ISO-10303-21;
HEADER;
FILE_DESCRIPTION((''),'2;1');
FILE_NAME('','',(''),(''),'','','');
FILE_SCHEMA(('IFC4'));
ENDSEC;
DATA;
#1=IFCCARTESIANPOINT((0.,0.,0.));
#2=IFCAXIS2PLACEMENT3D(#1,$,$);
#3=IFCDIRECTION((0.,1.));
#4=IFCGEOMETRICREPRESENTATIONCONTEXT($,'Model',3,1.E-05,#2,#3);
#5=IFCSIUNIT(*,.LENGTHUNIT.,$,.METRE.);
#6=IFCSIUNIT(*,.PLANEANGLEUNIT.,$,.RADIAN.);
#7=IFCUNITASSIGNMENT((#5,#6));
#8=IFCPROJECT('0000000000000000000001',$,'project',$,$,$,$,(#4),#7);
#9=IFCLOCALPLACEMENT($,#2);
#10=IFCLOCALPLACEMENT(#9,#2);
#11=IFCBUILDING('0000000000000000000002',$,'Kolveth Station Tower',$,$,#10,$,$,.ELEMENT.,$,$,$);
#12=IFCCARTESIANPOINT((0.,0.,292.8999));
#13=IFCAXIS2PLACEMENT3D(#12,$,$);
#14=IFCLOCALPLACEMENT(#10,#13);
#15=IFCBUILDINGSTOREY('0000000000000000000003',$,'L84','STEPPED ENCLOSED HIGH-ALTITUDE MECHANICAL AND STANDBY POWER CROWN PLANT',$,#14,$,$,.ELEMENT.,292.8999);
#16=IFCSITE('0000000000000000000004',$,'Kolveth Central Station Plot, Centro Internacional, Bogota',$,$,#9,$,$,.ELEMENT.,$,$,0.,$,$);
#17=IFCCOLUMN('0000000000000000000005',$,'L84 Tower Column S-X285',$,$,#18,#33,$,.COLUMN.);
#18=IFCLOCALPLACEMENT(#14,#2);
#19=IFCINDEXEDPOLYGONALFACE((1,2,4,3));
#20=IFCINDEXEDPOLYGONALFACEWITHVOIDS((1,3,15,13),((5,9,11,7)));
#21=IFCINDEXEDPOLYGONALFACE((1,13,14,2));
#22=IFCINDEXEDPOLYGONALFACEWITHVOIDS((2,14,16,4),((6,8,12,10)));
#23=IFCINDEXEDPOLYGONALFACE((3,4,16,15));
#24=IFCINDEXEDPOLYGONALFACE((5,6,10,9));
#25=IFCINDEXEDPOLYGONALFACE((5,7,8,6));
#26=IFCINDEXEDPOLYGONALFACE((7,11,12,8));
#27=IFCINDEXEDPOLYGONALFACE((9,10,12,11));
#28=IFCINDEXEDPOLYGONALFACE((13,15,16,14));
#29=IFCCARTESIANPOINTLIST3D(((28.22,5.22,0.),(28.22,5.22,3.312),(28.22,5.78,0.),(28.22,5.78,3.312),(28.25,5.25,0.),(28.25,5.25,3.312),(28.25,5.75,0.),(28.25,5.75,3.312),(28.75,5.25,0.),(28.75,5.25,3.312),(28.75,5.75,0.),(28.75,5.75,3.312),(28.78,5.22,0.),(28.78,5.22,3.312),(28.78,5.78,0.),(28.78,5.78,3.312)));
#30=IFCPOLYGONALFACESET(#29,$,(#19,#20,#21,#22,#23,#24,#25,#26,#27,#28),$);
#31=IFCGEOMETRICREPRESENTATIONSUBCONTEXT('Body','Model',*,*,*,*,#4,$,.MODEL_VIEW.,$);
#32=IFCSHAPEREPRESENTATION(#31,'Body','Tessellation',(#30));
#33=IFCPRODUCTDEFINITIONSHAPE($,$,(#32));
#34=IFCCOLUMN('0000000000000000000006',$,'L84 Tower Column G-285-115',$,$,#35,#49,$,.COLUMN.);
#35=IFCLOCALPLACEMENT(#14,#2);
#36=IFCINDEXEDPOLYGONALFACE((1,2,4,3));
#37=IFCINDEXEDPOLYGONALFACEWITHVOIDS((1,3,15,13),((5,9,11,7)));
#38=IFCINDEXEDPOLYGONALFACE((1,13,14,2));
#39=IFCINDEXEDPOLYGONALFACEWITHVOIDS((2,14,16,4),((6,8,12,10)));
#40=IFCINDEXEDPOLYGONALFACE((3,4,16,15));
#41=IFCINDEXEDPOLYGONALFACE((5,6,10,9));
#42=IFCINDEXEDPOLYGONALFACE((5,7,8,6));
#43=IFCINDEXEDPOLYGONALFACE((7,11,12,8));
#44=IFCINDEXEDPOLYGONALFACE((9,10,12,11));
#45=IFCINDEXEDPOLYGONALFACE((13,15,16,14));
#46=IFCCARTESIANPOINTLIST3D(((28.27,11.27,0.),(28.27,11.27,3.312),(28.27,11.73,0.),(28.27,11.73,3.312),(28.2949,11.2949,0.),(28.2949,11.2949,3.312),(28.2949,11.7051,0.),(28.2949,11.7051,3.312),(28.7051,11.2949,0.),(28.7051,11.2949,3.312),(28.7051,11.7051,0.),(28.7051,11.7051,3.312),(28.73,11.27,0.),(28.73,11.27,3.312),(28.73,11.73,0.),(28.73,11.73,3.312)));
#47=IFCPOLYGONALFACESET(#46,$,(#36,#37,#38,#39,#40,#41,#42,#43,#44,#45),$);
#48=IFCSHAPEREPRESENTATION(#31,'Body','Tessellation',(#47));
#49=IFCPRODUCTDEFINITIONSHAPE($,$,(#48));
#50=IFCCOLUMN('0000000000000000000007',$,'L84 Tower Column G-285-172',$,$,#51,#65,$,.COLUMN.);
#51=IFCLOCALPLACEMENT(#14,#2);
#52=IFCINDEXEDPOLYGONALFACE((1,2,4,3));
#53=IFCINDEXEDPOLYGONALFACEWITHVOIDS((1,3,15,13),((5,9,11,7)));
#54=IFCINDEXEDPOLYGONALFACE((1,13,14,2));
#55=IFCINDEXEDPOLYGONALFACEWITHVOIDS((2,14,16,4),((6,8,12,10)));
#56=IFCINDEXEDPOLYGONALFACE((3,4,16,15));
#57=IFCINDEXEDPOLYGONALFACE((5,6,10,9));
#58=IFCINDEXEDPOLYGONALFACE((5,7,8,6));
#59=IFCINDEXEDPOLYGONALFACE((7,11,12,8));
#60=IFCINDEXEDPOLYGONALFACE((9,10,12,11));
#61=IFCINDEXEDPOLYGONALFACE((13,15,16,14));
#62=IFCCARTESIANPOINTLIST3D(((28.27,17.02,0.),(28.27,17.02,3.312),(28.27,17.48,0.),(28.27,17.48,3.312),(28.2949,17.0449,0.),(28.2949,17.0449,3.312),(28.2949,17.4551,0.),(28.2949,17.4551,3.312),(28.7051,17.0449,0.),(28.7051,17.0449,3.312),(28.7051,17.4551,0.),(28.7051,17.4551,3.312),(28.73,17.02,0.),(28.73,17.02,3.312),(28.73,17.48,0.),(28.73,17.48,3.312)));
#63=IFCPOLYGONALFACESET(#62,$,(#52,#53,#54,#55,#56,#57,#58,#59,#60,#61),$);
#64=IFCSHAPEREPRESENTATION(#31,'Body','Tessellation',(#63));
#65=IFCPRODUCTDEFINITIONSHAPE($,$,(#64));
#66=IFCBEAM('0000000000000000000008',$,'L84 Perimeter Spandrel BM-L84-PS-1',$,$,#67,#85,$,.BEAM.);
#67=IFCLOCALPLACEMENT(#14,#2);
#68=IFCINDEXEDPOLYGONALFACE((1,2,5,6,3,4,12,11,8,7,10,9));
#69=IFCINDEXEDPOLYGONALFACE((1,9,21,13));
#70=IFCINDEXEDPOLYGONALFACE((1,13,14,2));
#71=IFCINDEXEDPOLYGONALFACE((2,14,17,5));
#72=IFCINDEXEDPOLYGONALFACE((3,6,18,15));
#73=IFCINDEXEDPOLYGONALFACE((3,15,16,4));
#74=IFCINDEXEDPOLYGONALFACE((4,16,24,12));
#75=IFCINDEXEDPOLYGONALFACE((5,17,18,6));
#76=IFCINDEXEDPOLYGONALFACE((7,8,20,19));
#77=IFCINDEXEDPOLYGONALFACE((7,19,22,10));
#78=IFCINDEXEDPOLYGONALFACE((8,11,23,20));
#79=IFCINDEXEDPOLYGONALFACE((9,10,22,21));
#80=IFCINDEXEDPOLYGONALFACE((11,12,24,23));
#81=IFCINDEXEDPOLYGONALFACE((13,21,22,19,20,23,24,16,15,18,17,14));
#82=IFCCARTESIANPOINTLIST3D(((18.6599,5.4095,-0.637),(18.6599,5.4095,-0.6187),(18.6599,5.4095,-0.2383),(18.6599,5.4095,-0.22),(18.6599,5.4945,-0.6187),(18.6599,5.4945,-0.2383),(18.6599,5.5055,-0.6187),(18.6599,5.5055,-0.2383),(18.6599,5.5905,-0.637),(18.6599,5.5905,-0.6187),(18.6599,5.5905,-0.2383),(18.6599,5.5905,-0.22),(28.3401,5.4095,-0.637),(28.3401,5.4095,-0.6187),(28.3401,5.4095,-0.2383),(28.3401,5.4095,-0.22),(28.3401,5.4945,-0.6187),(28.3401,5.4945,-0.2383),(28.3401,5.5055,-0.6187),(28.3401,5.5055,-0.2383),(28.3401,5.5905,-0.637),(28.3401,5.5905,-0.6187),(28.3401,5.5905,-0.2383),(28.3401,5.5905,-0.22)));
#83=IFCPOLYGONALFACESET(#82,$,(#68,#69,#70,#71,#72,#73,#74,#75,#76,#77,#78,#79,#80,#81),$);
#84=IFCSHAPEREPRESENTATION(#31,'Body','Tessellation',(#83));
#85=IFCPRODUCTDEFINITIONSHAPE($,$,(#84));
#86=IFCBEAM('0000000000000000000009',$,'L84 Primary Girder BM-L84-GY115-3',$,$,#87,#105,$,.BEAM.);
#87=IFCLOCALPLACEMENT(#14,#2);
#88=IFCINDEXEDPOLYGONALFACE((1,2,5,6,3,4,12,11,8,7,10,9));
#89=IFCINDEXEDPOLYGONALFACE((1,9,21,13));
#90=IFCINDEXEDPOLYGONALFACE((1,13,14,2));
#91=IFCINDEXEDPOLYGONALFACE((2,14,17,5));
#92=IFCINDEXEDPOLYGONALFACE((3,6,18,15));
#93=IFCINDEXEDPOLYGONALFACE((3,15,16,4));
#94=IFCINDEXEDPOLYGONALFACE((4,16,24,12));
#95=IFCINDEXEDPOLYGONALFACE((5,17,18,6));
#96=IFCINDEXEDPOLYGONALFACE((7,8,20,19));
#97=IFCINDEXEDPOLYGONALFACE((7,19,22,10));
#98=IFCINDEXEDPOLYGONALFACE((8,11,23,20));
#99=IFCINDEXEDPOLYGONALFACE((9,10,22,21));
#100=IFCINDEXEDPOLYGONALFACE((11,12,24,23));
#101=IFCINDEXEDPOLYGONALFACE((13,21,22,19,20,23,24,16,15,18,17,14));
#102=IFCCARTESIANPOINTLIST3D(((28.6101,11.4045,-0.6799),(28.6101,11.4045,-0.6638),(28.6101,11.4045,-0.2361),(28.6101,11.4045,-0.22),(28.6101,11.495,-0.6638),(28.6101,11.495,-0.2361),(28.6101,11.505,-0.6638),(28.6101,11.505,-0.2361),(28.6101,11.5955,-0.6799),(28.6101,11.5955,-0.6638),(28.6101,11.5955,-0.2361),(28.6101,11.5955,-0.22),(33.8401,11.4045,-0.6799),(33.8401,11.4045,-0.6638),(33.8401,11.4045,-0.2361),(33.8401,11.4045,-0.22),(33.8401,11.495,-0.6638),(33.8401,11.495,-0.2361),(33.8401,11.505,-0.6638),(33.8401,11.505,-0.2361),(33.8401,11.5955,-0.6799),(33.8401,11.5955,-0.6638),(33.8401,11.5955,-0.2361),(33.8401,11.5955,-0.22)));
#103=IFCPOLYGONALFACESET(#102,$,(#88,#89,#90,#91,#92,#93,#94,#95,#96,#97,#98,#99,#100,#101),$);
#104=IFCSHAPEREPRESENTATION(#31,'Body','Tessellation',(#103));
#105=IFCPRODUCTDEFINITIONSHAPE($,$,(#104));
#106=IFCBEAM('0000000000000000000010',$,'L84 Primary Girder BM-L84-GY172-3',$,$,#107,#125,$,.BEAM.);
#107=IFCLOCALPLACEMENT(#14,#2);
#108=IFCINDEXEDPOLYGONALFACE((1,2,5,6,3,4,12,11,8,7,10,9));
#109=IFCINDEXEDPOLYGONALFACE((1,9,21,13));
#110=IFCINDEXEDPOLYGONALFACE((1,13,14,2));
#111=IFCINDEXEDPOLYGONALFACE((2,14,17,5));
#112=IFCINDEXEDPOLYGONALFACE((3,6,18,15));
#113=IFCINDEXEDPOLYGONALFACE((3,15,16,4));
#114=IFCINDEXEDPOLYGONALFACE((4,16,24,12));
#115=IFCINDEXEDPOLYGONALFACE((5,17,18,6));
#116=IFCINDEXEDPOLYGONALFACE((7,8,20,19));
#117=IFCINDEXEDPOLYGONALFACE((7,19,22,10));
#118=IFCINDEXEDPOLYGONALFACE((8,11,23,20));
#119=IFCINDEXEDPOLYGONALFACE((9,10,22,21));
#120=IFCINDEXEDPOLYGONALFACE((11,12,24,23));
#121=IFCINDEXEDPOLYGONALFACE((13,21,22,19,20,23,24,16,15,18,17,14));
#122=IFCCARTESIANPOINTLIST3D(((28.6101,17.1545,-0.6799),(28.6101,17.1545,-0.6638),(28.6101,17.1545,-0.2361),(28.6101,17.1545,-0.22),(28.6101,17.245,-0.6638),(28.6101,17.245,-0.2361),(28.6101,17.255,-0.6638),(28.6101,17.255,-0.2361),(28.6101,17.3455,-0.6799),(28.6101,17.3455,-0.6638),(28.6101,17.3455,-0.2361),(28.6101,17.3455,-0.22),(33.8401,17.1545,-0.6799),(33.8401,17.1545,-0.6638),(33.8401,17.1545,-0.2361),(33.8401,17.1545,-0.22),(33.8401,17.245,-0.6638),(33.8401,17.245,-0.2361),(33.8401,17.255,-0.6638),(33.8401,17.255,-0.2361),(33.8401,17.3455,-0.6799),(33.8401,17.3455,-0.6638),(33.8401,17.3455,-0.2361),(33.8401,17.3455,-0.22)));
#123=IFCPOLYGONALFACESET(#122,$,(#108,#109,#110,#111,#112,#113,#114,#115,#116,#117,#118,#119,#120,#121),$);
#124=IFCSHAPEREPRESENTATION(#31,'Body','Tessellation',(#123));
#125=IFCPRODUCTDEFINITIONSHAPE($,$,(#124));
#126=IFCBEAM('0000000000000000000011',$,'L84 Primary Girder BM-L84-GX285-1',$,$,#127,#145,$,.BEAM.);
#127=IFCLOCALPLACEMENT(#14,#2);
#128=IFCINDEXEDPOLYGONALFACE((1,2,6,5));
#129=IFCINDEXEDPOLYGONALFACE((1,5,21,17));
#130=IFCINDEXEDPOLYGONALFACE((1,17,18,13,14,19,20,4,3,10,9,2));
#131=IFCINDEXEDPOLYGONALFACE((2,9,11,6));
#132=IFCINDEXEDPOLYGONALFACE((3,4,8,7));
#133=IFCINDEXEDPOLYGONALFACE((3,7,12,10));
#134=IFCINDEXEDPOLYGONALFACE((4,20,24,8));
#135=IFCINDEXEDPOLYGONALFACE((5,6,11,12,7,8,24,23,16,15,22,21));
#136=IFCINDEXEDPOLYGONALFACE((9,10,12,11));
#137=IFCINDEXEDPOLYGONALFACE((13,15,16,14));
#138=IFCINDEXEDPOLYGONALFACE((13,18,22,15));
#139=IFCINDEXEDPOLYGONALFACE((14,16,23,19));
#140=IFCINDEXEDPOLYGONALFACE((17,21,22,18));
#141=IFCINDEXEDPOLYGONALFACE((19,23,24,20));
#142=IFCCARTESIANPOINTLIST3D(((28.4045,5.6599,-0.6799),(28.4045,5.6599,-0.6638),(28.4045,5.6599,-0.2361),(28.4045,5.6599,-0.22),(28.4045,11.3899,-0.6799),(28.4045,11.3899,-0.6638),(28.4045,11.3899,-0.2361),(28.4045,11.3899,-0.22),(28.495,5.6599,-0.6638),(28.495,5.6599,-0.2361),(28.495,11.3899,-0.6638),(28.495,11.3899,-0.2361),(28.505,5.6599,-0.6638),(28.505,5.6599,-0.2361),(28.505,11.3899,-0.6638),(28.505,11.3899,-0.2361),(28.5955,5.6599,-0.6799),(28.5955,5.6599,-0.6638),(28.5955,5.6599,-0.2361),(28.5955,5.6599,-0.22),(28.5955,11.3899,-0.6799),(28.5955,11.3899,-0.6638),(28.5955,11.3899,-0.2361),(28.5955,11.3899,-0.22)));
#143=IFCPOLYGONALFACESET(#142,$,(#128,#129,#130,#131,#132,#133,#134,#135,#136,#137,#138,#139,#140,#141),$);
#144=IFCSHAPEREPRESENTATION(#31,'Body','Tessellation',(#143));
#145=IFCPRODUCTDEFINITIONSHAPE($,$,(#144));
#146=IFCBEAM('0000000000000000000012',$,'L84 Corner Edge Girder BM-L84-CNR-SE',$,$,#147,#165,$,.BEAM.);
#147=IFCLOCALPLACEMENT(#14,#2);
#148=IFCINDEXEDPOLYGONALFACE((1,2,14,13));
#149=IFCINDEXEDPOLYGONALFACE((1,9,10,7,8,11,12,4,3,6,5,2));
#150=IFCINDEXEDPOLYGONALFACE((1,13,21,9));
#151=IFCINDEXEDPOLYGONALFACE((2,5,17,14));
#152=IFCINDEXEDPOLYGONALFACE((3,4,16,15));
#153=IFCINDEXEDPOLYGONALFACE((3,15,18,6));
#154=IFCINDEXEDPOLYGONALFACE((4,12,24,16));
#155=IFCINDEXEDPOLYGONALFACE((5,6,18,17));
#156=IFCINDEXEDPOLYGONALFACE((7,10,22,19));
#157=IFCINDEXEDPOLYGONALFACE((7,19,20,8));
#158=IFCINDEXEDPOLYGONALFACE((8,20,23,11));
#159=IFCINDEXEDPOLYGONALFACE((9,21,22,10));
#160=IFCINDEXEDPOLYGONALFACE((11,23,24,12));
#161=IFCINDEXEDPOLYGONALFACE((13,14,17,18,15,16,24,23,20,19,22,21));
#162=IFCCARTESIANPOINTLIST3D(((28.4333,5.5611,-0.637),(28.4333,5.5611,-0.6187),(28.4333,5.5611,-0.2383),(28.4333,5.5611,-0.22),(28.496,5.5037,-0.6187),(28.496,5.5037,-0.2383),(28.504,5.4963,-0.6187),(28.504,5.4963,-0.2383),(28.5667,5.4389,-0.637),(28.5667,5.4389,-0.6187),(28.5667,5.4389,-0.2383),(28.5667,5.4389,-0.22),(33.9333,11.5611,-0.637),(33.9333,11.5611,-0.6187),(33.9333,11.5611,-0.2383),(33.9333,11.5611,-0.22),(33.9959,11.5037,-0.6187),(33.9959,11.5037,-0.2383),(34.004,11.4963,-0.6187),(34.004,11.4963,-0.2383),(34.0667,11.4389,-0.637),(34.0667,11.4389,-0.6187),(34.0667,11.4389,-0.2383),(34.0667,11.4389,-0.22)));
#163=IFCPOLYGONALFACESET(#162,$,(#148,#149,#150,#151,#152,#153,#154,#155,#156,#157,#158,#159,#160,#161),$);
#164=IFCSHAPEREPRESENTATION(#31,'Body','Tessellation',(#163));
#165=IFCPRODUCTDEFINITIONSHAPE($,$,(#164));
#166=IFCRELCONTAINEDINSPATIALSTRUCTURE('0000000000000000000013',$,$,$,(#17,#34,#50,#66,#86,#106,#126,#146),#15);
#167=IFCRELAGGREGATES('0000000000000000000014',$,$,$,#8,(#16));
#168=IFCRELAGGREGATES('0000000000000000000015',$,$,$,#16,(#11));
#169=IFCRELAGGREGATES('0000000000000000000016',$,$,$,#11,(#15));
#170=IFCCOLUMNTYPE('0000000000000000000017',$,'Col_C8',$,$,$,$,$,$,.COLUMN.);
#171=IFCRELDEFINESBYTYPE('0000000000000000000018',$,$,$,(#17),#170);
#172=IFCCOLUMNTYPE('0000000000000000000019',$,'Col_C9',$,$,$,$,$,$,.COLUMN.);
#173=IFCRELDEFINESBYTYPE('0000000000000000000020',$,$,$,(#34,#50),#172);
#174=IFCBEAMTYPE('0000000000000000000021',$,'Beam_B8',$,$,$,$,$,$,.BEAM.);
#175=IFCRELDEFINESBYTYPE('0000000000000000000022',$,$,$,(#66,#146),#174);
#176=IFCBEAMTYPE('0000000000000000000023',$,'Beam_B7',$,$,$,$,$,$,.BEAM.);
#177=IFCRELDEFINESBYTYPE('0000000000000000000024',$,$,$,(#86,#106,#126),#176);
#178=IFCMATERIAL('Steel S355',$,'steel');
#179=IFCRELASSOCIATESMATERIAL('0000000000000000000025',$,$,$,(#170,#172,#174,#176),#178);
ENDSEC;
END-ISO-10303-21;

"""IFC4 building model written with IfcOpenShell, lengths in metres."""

from ifc_helpers import new_model, si_unit, direction, frame, origin, origin_2d, place, context, subcontext, project, spatial, hollow_rectangle, i_section, extrude, source, transform, mapped, material, material_profile, profile_set, type_object, element, save


model = new_model("IFC4")

# Units and contexts
model_context = context("Model", 3, precision=1e-05, world=origin(), true_north=direction((0.0, 1.0)))
body_context = subcontext(model_context, "Body", "Model", "MODEL_VIEW")
ifc_project = project(units=[si_unit("LENGTHUNIT", "METRE"), si_unit("PLANEANGLEUNIT", "RADIAN")], contexts=[model_context])

# Site, building, storey
site_placement = place(None, origin())
site = spatial("IfcSite", under=ifc_project, at=site_placement, Name="Kolveth Central Station Plot, Centro Internacional, Bogota", CompositionType="ELEMENT", RefElevation=0.0)
building_placement = place(site_placement, origin())
building = spatial("IfcBuilding", under=site, at=building_placement, Name="Kolveth Station Tower", CompositionType="ELEMENT")
storey_placement = place(building_placement, frame((0.0, 0.0, 292.8999)))
storey = spatial("IfcBuildingStorey", under=building, at=storey_placement, Name="L84", Description="STEPPED ENCLOSED HIGH-ALTITUDE MECHANICAL AND STANDBY POWER CROWN PLANT", CompositionType="ELEMENT", Elevation=292.8999)

# Columns
ifc_material_1 = material(Name="Steel S355", Category="steel")
ifc_material_profile_1 = material_profile(ifc_material_1, hollow_rectangle(XDim=0.5601, YDim=0.5601, WallThickness=0.03, at=origin_2d()), Name="BOX560x560x30")
ifc_profile_set_1 = profile_set([ifc_material_profile_1], Name="Steel S355")
column_type_1 = type_object("IfcColumnType", Name="Col_C8", PredefinedType="COLUMN", material=ifc_profile_set_1)
shared_shape_1 = source(origin(), body_context, "Body", "SweptSolid", [
    extrude(hollow_rectangle(XDim=0.5601, YDim=0.5601, WallThickness=0.03, at=origin_2d()), origin(), (0.0, 0.0, 1.0), 3.312),
])
column_placement = place(storey_placement, frame((28.5, 5.5, 0.0), z_axis=(0.0, 0.0, 1.0), x_axis=(1.0, 0.0, 0.0)))
element("IfcColumn", 1, at=column_placement, inside=storey, type_object=column_type_1, Name="L84 Tower Column S-X285", PredefinedType="COLUMN", context=body_context, shape_type="MappedRepresentation", body=[
    mapped(shared_shape_1, transform((0.0, 0.0, 0.0), x_axis=(1.0, 0.0, 0.0), y_axis=(0.0, 1.0, 0.0), z_axis=(0.0, 0.0, 1.0), scale=1.0)),
])
ifc_material_profile_2 = material_profile(ifc_material_1, hollow_rectangle(XDim=0.46, YDim=0.46, WallThickness=0.0249, at=origin_2d()), Name="BOX460x460x25")
ifc_profile_set_2 = profile_set([ifc_material_profile_2], Name="Steel S355")
column_type_2 = type_object("IfcColumnType", Name="Col_C9", PredefinedType="COLUMN", material=ifc_profile_set_2)
shared_shape_2 = source(origin(), body_context, "Body", "SweptSolid", [
    extrude(hollow_rectangle(XDim=0.46, YDim=0.46, WallThickness=0.0249, at=origin_2d()), origin(), (0.0, 0.0, 1.0), 3.312),
])
for number, where, z_axis, x_axis, name in (
    (2, (28.5, 11.5, 0.0), (0.0, 0.0, 1.0), (1.0, 0.0, 0.0), "L84 Tower Column G-285-115"),
    (3, (28.5, 17.25, 0.0), (0.0, 0.0, 1.0), (1.0, 0.0, 0.0), "L84 Tower Column G-285-172"),
):
    element("IfcColumn", number, at=place(storey_placement, frame(where, z_axis=z_axis, x_axis=x_axis)), inside=storey, type_object=column_type_2, Name=name, PredefinedType="COLUMN", context=body_context, shape_type="MappedRepresentation", body=[
        mapped(shared_shape_2, transform((0.0, 0.0, 0.0), x_axis=(1.0, 0.0, 0.0), y_axis=(0.0, 1.0, 0.0), z_axis=(0.0, 0.0, 1.0), scale=1.0)),
    ])

# Beams
ifc_material_profile_3 = material_profile(ifc_material_1, i_section(OverallWidth=0.1809, OverallDepth=0.417, WebThickness=0.011, FlangeThickness=0.0183, at=origin_2d()), Name="W410x85")
ifc_profile_set_3 = profile_set([ifc_material_profile_3], Name="Steel S355")
beam_type_1 = type_object("IfcBeamType", Name="Beam_B8", PredefinedType="BEAM", material=ifc_profile_set_3)
shared_shape_3 = source(origin(), body_context, "Body", "SweptSolid", [
    extrude(i_section(OverallWidth=0.1809, OverallDepth=0.417, WebThickness=0.011, FlangeThickness=0.0183, at=origin_2d()), origin(), (0.0, 0.0, 1.0), 9.6802),
])
beam_1_placement = place(storey_placement, frame((18.6599, 5.5, -0.4285), z_axis=(1.0, 0.0, 0.0), x_axis=(0.0, 1.0, 0.0)))
element("IfcBeam", 4, at=beam_1_placement, inside=storey, type_object=beam_type_1, Name="L84 Perimeter Spandrel BM-L84-PS-1", PredefinedType="BEAM", context=body_context, shape_type="MappedRepresentation", body=[
    mapped(shared_shape_3, transform((0.0, 0.0, 0.0), x_axis=(1.0, 0.0, 0.0), y_axis=(0.0, 1.0, 0.0), z_axis=(0.0, 0.0, 1.0), scale=1.0)),
])
ifc_material_profile_4 = material_profile(ifc_material_1, i_section(OverallWidth=0.1909, OverallDepth=0.46, WebThickness=0.01, FlangeThickness=0.0161, at=origin_2d()), Name="W460x82")
ifc_profile_set_4 = profile_set([ifc_material_profile_4], Name="Steel S355")
beam_type_2 = type_object("IfcBeamType", Name="Beam_B7", PredefinedType="BEAM", material=ifc_profile_set_4)
shared_shape_4 = source(origin(), body_context, "Body", "SweptSolid", [
    extrude(i_section(OverallWidth=0.1909, OverallDepth=0.46, WebThickness=0.01, FlangeThickness=0.0161, at=origin_2d()), origin(), (0.0, 0.0, 1.0), 5.23),
])
for number, where, z_axis, x_axis, name in (
    (5, (28.6101, 11.5, -0.45), (1.0, 0.0, 0.0), (0.0, 1.0, 0.0), "L84 Primary Girder BM-L84-GY115-3"),
    (6, (28.6101, 17.25, -0.45), (1.0, 0.0, 0.0), (0.0, 1.0, 0.0), "L84 Primary Girder BM-L84-GY172-3"),
):
    element("IfcBeam", number, at=place(storey_placement, frame(where, z_axis=z_axis, x_axis=x_axis)), inside=storey, type_object=beam_type_2, Name=name, PredefinedType="BEAM", context=body_context, shape_type="MappedRepresentation", body=[
        mapped(shared_shape_4, transform((0.0, 0.0, 0.0), x_axis=(1.0, 0.0, 0.0), y_axis=(0.0, 1.0, 0.0), z_axis=(0.0, 0.0, 1.0), scale=1.0)),
    ])
shared_shape_5 = source(origin(), body_context, "Body", "SweptSolid", [
    extrude(i_section(OverallWidth=0.1909, OverallDepth=0.46, WebThickness=0.01, FlangeThickness=0.0161, at=origin_2d()), origin(), (0.0, 0.0, 1.0), 5.73),
])
beam_2_placement = place(storey_placement, frame((28.5, 5.6599, -0.45), z_axis=(0.0, 1.0, 0.0), x_axis=(-1.0, 0.0, 0.0)))
element("IfcBeam", 7, at=beam_2_placement, inside=storey, type_object=beam_type_2, Name="L84 Primary Girder BM-L84-GX285-1", PredefinedType="BEAM", context=body_context, shape_type="MappedRepresentation", body=[
    mapped(shared_shape_5, transform((0.0, 0.0, 0.0), x_axis=(1.0, 0.0, 0.0), y_axis=(0.0, 1.0, 0.0), z_axis=(0.0, 0.0, 1.0), scale=1.0)),
])
shared_shape_6 = source(origin(), body_context, "Body", "SweptSolid", [
    extrude(i_section(OverallWidth=0.1809, OverallDepth=0.417, WebThickness=0.011, FlangeThickness=0.0183, at=origin_2d()), origin(), (0.0, 0.0, 1.0), 8.1394),
])
beam_3_placement = place(storey_placement, frame((28.5, 5.5, -0.4285), z_axis=(0.675725, 0.737154, 0.0), x_axis=(-0.737154, 0.675725, 0.0)))
element("IfcBeam", 8, at=beam_3_placement, inside=storey, type_object=beam_type_1, Name="L84 Corner Edge Girder BM-L84-CNR-SE", PredefinedType="BEAM", context=body_context, shape_type="MappedRepresentation", body=[
    mapped(shared_shape_6, transform((0.0, 0.0, 0.0), x_axis=(1.0, 0.0, 0.0), y_axis=(0.0, 1.0, 0.0), z_axis=(0.0, 0.0, 1.0), scale=1.0)),
])

save(model, "model.ifc")
